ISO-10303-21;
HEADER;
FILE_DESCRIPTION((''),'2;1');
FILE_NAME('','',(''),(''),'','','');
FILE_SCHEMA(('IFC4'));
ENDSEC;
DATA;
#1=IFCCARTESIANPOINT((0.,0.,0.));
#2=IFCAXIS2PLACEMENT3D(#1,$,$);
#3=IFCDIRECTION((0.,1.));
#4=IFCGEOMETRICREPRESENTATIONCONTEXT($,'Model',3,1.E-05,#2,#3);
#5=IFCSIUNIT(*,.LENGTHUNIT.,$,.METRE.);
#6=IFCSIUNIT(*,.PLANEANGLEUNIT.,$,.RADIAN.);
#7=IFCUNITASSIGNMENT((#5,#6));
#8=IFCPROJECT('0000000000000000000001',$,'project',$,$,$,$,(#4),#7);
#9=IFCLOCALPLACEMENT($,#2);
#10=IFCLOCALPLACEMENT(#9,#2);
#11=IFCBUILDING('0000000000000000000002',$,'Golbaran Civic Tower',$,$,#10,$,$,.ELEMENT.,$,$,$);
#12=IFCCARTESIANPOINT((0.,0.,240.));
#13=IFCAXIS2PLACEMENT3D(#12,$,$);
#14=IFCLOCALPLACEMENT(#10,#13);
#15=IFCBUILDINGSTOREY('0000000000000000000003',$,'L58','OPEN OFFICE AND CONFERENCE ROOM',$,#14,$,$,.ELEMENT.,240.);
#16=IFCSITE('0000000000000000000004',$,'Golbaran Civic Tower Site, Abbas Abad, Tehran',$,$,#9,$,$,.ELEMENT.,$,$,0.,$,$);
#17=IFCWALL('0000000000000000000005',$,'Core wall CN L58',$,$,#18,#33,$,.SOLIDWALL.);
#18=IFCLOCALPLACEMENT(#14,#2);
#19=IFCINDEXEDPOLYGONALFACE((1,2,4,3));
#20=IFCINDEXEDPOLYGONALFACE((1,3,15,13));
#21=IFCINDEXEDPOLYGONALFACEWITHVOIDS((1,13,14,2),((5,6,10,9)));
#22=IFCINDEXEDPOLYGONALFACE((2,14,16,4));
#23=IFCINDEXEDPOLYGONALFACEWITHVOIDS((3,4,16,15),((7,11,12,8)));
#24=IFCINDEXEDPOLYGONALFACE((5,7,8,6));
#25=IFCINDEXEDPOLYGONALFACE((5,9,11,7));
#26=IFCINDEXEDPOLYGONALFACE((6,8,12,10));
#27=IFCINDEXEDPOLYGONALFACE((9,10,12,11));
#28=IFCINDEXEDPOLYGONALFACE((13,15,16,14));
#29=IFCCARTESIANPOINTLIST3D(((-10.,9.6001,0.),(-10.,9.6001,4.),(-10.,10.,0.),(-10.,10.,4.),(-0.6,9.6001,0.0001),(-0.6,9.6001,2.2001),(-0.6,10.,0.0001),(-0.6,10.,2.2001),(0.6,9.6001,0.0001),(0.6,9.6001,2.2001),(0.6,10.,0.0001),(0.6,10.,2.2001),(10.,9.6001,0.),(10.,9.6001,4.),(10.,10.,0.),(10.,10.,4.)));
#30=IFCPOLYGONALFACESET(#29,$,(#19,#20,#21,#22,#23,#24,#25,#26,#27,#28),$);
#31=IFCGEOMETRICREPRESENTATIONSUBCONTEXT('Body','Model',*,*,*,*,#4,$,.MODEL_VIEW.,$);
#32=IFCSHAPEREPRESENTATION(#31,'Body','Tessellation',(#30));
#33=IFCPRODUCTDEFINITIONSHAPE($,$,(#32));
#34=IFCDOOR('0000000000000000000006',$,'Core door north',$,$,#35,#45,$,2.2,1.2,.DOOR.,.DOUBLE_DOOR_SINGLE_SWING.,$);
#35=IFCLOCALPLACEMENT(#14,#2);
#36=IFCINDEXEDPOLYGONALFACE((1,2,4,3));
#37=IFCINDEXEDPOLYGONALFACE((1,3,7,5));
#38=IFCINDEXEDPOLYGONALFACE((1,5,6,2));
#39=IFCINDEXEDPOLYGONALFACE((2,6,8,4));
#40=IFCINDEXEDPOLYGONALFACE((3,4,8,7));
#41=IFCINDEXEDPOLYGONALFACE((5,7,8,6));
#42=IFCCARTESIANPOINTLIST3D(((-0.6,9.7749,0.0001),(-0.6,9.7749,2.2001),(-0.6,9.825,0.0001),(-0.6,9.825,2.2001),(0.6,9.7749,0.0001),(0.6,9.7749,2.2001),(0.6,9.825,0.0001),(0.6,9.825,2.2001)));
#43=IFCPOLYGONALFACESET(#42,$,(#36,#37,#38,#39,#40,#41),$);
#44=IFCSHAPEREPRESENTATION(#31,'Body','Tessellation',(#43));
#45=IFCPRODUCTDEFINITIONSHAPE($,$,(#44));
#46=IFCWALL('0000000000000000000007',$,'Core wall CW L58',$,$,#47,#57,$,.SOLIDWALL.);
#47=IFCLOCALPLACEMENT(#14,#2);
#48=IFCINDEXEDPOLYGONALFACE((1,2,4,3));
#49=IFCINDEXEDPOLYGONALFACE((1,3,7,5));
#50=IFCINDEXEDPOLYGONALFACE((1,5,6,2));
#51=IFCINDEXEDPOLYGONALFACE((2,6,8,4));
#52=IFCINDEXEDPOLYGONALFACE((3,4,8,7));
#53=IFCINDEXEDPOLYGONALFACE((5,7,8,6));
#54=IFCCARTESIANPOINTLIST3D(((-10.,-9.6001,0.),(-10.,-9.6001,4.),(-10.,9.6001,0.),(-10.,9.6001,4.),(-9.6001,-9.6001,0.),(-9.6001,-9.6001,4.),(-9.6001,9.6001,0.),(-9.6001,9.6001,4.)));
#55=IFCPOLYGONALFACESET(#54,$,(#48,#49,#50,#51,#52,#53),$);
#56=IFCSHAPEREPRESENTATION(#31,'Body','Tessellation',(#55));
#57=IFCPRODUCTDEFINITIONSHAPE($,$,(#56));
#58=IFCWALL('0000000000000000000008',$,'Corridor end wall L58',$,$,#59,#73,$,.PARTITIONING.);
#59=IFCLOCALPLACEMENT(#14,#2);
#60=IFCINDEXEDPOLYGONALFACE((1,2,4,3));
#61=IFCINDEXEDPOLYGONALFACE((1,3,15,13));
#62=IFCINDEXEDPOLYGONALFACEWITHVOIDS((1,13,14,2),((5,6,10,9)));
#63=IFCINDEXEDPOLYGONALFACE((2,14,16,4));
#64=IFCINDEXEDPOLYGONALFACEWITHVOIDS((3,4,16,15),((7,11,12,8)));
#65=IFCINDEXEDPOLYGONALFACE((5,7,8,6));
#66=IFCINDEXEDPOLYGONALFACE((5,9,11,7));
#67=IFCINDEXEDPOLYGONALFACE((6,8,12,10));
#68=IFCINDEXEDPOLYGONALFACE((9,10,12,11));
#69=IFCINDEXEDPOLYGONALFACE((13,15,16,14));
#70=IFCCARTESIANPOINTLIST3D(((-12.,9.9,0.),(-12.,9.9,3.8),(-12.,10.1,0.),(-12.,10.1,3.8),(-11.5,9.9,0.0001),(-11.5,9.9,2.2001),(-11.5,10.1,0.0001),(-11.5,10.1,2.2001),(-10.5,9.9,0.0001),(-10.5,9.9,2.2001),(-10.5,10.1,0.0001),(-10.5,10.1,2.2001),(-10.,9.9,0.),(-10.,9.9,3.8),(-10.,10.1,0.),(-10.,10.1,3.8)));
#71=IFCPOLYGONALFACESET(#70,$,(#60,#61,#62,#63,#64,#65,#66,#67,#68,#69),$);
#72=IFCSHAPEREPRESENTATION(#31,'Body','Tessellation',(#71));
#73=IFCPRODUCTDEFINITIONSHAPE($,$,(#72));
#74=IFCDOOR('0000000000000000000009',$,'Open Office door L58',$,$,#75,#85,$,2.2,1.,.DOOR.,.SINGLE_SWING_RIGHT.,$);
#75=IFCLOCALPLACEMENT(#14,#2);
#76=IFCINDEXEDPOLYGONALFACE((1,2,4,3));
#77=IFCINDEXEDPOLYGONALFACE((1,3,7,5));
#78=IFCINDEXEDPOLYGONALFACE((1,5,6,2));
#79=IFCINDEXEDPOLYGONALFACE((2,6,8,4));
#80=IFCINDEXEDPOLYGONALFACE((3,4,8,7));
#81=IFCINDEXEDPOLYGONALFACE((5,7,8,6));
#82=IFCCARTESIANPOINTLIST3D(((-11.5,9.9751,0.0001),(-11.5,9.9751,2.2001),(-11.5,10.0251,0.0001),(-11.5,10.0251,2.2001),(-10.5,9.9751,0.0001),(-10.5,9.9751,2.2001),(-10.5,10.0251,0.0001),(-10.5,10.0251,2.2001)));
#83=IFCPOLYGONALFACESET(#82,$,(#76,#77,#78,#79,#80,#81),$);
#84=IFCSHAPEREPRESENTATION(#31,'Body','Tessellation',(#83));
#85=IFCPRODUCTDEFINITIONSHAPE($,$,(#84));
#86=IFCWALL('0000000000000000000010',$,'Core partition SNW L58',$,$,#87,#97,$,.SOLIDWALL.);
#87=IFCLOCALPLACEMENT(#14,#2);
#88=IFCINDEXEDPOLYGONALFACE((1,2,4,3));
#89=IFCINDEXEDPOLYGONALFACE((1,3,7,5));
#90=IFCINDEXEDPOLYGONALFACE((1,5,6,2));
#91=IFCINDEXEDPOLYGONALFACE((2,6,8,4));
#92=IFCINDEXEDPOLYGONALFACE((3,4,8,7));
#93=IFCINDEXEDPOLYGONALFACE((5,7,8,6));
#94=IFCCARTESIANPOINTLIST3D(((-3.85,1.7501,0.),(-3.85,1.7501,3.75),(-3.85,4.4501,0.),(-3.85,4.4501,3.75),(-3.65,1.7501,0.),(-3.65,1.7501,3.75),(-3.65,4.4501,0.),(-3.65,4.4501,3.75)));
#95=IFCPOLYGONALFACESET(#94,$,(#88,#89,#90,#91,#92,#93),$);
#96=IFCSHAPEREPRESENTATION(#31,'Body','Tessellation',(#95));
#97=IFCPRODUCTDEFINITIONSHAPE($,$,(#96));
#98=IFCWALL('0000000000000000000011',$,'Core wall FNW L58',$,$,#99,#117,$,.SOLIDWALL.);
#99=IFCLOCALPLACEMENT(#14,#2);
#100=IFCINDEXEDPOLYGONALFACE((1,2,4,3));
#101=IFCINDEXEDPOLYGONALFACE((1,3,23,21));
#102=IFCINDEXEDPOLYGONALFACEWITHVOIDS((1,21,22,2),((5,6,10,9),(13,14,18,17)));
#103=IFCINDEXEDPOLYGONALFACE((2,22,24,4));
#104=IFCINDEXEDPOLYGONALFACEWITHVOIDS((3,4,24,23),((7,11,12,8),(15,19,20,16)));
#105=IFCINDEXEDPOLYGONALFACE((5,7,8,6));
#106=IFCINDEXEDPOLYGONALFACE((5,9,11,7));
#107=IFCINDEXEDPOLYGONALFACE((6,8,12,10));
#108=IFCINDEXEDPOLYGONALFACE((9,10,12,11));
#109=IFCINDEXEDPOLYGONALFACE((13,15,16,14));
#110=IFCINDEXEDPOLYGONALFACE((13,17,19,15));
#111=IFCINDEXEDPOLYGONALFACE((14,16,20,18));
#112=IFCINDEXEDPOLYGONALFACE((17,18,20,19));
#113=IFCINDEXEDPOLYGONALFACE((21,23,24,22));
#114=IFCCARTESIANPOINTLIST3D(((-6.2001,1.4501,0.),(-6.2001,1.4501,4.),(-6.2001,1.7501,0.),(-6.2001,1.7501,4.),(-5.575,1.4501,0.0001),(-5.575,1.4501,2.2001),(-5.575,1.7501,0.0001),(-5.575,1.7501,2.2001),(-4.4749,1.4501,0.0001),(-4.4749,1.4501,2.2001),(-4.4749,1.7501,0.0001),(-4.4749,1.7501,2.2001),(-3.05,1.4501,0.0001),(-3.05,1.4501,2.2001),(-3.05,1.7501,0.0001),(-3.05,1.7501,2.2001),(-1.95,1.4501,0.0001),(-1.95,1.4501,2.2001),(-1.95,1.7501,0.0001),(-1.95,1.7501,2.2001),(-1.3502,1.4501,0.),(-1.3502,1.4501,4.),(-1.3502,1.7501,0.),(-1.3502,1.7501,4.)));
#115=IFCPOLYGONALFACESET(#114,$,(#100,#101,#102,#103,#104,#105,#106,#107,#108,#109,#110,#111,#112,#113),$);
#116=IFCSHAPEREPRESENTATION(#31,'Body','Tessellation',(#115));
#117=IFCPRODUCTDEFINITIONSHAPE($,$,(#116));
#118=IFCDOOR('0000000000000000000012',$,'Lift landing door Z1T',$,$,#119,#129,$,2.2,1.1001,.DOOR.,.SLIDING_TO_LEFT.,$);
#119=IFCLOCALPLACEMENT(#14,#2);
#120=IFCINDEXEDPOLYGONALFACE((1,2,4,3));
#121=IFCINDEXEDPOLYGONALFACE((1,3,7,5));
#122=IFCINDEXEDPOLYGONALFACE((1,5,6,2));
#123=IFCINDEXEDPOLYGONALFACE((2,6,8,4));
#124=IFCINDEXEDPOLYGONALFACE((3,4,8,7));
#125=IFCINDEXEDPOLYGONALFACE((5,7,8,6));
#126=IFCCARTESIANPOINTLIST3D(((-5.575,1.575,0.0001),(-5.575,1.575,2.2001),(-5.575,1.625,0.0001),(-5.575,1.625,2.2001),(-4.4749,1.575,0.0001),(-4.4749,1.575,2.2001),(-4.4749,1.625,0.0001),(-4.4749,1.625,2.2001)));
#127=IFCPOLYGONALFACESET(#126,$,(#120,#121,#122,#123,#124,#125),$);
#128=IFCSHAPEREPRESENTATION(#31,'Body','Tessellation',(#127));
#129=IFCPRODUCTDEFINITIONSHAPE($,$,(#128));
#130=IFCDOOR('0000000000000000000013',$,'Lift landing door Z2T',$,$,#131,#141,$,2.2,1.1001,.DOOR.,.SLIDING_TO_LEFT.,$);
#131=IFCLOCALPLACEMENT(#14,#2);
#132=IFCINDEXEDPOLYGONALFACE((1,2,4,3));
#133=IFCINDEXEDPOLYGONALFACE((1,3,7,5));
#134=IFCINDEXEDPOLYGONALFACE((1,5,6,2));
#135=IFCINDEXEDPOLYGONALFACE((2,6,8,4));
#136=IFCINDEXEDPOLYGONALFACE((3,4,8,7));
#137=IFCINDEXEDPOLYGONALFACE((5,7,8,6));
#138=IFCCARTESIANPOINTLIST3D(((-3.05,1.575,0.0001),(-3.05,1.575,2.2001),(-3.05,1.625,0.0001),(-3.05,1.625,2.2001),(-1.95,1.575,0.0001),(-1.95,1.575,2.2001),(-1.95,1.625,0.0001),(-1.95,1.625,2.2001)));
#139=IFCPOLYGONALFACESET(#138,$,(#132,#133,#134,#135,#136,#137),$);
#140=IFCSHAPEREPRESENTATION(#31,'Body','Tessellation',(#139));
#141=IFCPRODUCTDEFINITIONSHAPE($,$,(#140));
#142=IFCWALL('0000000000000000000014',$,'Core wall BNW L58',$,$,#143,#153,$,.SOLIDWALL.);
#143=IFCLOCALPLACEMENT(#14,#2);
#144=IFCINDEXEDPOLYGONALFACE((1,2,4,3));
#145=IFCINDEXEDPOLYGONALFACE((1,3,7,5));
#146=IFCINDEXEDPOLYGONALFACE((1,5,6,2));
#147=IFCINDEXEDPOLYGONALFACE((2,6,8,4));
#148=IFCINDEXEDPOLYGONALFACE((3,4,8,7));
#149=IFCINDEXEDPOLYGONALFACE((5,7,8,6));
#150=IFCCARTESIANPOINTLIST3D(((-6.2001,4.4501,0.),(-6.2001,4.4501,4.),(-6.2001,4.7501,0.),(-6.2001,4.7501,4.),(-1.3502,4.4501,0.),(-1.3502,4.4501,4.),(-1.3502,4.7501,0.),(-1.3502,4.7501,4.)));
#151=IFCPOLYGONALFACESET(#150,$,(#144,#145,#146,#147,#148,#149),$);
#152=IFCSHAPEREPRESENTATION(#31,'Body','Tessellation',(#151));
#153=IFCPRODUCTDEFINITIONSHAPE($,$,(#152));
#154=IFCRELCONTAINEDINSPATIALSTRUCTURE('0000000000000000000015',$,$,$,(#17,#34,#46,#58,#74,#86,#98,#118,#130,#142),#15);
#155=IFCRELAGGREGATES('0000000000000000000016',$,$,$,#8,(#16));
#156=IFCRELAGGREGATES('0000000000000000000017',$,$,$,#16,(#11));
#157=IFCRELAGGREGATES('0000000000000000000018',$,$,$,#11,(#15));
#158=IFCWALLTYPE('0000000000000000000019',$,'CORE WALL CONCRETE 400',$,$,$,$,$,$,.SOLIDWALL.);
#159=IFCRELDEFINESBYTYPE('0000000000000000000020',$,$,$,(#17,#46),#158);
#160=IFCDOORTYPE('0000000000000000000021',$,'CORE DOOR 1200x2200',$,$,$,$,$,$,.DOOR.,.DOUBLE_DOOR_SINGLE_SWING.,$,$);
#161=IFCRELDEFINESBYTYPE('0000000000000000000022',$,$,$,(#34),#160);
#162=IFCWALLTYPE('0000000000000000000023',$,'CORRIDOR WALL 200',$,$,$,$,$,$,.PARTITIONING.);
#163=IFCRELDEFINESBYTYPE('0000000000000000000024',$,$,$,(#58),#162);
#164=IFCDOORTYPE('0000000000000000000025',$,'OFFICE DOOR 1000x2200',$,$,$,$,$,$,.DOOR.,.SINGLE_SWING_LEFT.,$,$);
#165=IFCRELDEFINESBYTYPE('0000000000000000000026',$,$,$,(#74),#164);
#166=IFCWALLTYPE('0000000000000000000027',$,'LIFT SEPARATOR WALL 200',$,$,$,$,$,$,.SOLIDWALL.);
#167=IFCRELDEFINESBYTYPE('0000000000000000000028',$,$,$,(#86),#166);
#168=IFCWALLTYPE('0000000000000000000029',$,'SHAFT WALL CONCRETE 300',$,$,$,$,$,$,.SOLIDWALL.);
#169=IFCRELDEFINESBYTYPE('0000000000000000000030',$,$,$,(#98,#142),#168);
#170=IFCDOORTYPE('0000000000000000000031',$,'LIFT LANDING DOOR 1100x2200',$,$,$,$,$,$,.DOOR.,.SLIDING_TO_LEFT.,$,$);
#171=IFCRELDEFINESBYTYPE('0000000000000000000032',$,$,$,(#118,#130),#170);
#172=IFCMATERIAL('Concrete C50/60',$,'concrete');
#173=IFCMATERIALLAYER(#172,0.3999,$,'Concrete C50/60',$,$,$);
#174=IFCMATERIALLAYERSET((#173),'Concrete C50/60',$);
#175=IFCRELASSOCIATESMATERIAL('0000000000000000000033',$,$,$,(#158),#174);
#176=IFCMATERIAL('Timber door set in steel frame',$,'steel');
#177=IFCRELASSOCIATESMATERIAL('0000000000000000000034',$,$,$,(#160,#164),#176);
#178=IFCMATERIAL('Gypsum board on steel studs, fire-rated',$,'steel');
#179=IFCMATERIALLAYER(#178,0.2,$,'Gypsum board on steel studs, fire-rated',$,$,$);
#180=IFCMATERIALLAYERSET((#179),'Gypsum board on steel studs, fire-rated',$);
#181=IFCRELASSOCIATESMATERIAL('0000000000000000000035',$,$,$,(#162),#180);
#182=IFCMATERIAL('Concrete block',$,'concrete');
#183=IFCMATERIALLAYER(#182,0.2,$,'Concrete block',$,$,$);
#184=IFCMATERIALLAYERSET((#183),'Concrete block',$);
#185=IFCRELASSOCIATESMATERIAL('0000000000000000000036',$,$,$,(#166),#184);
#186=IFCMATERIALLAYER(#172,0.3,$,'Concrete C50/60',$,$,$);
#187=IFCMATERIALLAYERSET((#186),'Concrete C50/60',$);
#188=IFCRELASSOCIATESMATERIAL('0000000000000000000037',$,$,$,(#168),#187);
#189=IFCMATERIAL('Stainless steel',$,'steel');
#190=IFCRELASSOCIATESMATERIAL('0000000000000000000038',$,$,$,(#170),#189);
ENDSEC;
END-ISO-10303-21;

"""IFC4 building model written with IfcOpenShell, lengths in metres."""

from ifc_helpers import new_model, si_unit, direction, frame, frame_2d, origin, place, context, subcontext, project, spatial, rectangle, extrude, material, layer, layer_set, type_object, element, fill, save


model = new_model("IFC4")

# Units and contexts
model_context = context("Model", 3, precision=1e-05, world=origin(), true_north=direction((0.0, 1.0)))
body_context = subcontext(model_context, "Body", "Model", "MODEL_VIEW")
ifc_project = project(units=[si_unit("LENGTHUNIT", "METRE"), si_unit("PLANEANGLEUNIT", "RADIAN")], contexts=[model_context])

# Site, building, storey
site_placement = place(None, origin())
site = spatial("IfcSite", under=ifc_project, at=site_placement, Name="Golbaran Civic Tower Site, Abbas Abad, Tehran", CompositionType="ELEMENT", RefElevation=0.0)
building_placement = place(site_placement, origin())
building = spatial("IfcBuilding", under=site, at=building_placement, Name="Golbaran Civic Tower", CompositionType="ELEMENT")
storey_placement = place(building_placement, frame((0.0, 0.0, 240.0)))
storey = spatial("IfcBuildingStorey", under=building, at=storey_placement, Name="L58", Description="OPEN OFFICE AND CONFERENCE ROOM", CompositionType="ELEMENT", Elevation=240.0)

# Wall, opening, door
ifc_material_1 = material(Name="Concrete C50/60", Category="concrete")
ifc_layer_1 = layer(ifc_material_1, 0.3999, Name="Concrete C50/60")
ifc_layer_set_1 = layer_set([ifc_layer_1], Name="Concrete C50/60")
wall_type_1 = type_object("IfcWallType", Name="CORE WALL CONCRETE 400", PredefinedType="SOLIDWALL", material=ifc_layer_set_1)
wall_1_placement = place(storey_placement, frame((-10.0, 9.8, 0.0), z_axis=(0.0, 0.0, 1.0), x_axis=(1.0, 0.0, 0.0)))
wall_1 = element("IfcWall", 1, at=wall_1_placement, inside=storey, type_object=wall_type_1, Name="Core wall CN L58", PredefinedType="SOLIDWALL", context=body_context, shape_type="SweptSolid", body=[
    extrude(rectangle(XDim=20.0, YDim=0.3999, at=frame_2d((10.0, 0.0))), origin(), (0.0, 0.0, 1.0), 4.0),
])
opening_1_placement = place(wall_1_placement, frame((9.3999, 0.0, 0.0)))
opening_1 = element("IfcOpeningElement", 2, at=opening_1_placement, cuts=wall_1, PredefinedType="OPENING", context=body_context, shape_type="SweptSolid", body=[
    extrude(rectangle(XDim=1.2, YDim=2.2, at=frame_2d((0.6001, 1.1001))), frame((0.0, 0.21, 0.0), z_axis=(0.0, -1.0, 0.0), x_axis=(1.0, 0.0, 0.0)), (0.0, 0.0, 1.0), 0.4199),
])
ifc_material_2 = material(Name="Timber door set in steel frame", Category="steel")
door_type_1 = type_object("IfcDoorType", Name="CORE DOOR 1200x2200", OperationType="DOUBLE_DOOR_SINGLE_SWING", PredefinedType="DOOR", material=ifc_material_2)
door_1_placement = place(opening_1_placement, origin())
door_1 = element("IfcDoor", 3, at=door_1_placement, inside=storey, type_object=door_type_1, Name="Core door north", OperationType="DOUBLE_DOOR_SINGLE_SWING", OverallHeight=2.2, OverallWidth=1.2, PredefinedType="DOOR", context=body_context, shape_type="SweptSolid", body=[
    extrude(rectangle(XDim=1.2, YDim=2.2, at=frame_2d((0.6001, 1.1001))), frame((0.0, 0.0249, 0.0), z_axis=(0.0, -1.0, 0.0), x_axis=(1.0, 0.0, 0.0)), (0.0, 0.0, 1.0), 0.05),
])
fill(opening_1, door_1)

# Wall
wall_2_placement = place(storey_placement, frame((-9.8, 9.6001, 0.0), z_axis=(0.0, 0.0, 1.0), x_axis=(0.0, -1.0, 0.0)))
element("IfcWall", 4, at=wall_2_placement, inside=storey, type_object=wall_type_1, Name="Core wall CW L58", PredefinedType="SOLIDWALL", context=body_context, shape_type="SweptSolid", body=[
    extrude(rectangle(XDim=19.2002, YDim=0.3999, at=frame_2d((9.6001, 0.0))), origin(), (0.0, 0.0, 1.0), 4.0),
])

# Wall, opening, door
ifc_material_3 = material(Name="Gypsum board on steel studs, fire-rated", Category="steel")
ifc_layer_2 = layer(ifc_material_3, 0.2, Name="Gypsum board on steel studs, fire-rated")
ifc_layer_set_2 = layer_set([ifc_layer_2], Name="Gypsum board on steel studs, fire-rated")
wall_type_2 = type_object("IfcWallType", Name="CORRIDOR WALL 200", PredefinedType="PARTITIONING", material=ifc_layer_set_2)
wall_3_placement = place(storey_placement, frame((-10.0, 10.0, 0.0), z_axis=(0.0, 0.0, 1.0), x_axis=(-1.0, 0.0, 0.0)))
wall_3 = element("IfcWall", 5, at=wall_3_placement, inside=storey, type_object=wall_type_2, Name="Corridor end wall L58", PredefinedType="PARTITIONING", context=body_context, shape_type="SweptSolid", body=[
    extrude(rectangle(XDim=2.0, YDim=0.2, at=frame_2d((1.0, 0.0))), origin(), (0.0, 0.0, 1.0), 3.8),
])
opening_2_placement = place(wall_3_placement, frame((0.5, 0.0, 0.0)))
opening_2 = element("IfcOpeningElement", 6, at=opening_2_placement, cuts=wall_3, PredefinedType="OPENING", context=body_context, shape_type="SweptSolid", body=[
    extrude(rectangle(XDim=1.0, YDim=2.2, at=frame_2d((0.5, 1.1001))), frame((0.0, 0.1099, 0.0), z_axis=(0.0, -1.0, 0.0), x_axis=(1.0, 0.0, 0.0)), (0.0, 0.0, 1.0), 0.22),
])
door_type_2 = type_object("IfcDoorType", Name="OFFICE DOOR 1000x2200", OperationType="SINGLE_SWING_LEFT", PredefinedType="DOOR", material=ifc_material_2)
door_2_placement = place(opening_2_placement, origin())
door_2 = element("IfcDoor", 7, at=door_2_placement, inside=storey, type_object=door_type_2, Name="Open Office door L58", OperationType="SINGLE_SWING_RIGHT", OverallHeight=2.2, OverallWidth=1.0, PredefinedType="DOOR", context=body_context, shape_type="SweptSolid", body=[
    extrude(rectangle(XDim=1.0, YDim=2.2, at=frame_2d((0.5, 1.1001))), frame((0.0, 0.0249, 0.0), z_axis=(0.0, -1.0, 0.0), x_axis=(1.0, 0.0, 0.0)), (0.0, 0.0, 1.0), 0.05),
])
fill(opening_2, door_2)

# Wall
ifc_material_4 = material(Name="Concrete block", Category="concrete")
ifc_layer_3 = layer(ifc_material_4, 0.2, Name="Concrete block")
ifc_layer_set_3 = layer_set([ifc_layer_3], Name="Concrete block")
wall_type_3 = type_object("IfcWallType", Name="LIFT SEPARATOR WALL 200", PredefinedType="SOLIDWALL", material=ifc_layer_set_3)
wall_4_placement = place(storey_placement, frame((-3.75, 1.75, 0.0), z_axis=(0.0, 0.0, 1.0), x_axis=(0.0, 1.0, 0.0)))
element("IfcWall", 8, at=wall_4_placement, inside=storey, type_object=wall_type_3, Name="Core partition SNW L58", PredefinedType="SOLIDWALL", context=body_context, shape_type="SweptSolid", body=[
    extrude(rectangle(XDim=2.7, YDim=0.2, at=frame_2d((1.3501, 0.0))), origin(), (0.0, 0.0, 1.0), 3.75),
])

# Wall, openings, doors
ifc_layer_4 = layer(ifc_material_1, 0.3, Name="Concrete C50/60")
ifc_layer_set_4 = layer_set([ifc_layer_4], Name="Concrete C50/60")
wall_type_4 = type_object("IfcWallType", Name="SHAFT WALL CONCRETE 300", PredefinedType="SOLIDWALL", material=ifc_layer_set_4)
wall_5_placement = place(storey_placement, frame((-6.2, 1.6001, 0.0), z_axis=(0.0, 0.0, 1.0), x_axis=(1.0, 0.0, 0.0)))
wall_5 = element("IfcWall", 9, at=wall_5_placement, inside=storey, type_object=wall_type_4, Name="Core wall FNW L58", PredefinedType="SOLIDWALL", context=body_context, shape_type="SweptSolid", body=[
    extrude(rectangle(XDim=4.8499, YDim=0.3, at=frame_2d((2.4248, 0.0))), origin(), (0.0, 0.0, 1.0), 4.0),
])
opening_3_placement = place(wall_5_placement, frame((0.625, 0.0, 0.0)))
opening_3 = element("IfcOpeningElement", 10, at=opening_3_placement, cuts=wall_5, PredefinedType="OPENING", context=body_context, shape_type="SweptSolid", body=[
    extrude(rectangle(XDim=1.1001, YDim=2.2, at=frame_2d((0.55, 1.1001))), frame((0.0, 0.1599, 0.0), z_axis=(0.0, -1.0, 0.0), x_axis=(1.0, 0.0, 0.0)), (0.0, 0.0, 1.0), 0.3201),
])
opening_4_placement = place(wall_5_placement, frame((3.1499, 0.0, 0.0)))
opening_4 = element("IfcOpeningElement", 11, at=opening_4_placement, cuts=wall_5, PredefinedType="OPENING", context=body_context, shape_type="SweptSolid", body=[
    extrude(rectangle(XDim=1.1001, YDim=2.2, at=frame_2d((0.55, 1.1001))), frame((0.0, 0.1599, 0.0), z_axis=(0.0, -1.0, 0.0), x_axis=(1.0, 0.0, 0.0)), (0.0, 0.0, 1.0), 0.3201),
])
ifc_material_5 = material(Name="Stainless steel", Category="steel")
door_type_3 = type_object("IfcDoorType", Name="LIFT LANDING DOOR 1100x2200", OperationType="SLIDING_TO_LEFT", PredefinedType="DOOR", material=ifc_material_5)
door_3_placement = place(opening_3_placement, origin())
door_3 = element("IfcDoor", 12, at=door_3_placement, inside=storey, type_object=door_type_3, Name="Lift landing door Z1T", OperationType="SLIDING_TO_LEFT", OverallHeight=2.2, OverallWidth=1.1001, PredefinedType="DOOR", context=body_context, shape_type="SweptSolid", body=[
    extrude(rectangle(XDim=1.1001, YDim=2.2, at=frame_2d((0.55, 1.1001))), frame((0.0, 0.0249, 0.0), z_axis=(0.0, -1.0, 0.0), x_axis=(1.0, 0.0, 0.0)), (0.0, 0.0, 1.0), 0.05),
])
fill(opening_3, door_3)
door_4_placement = place(opening_4_placement, origin())
door_4 = element("IfcDoor", 13, at=door_4_placement, inside=storey, type_object=door_type_3, Name="Lift landing door Z2T", OperationType="SLIDING_TO_LEFT", OverallHeight=2.2, OverallWidth=1.1001, PredefinedType="DOOR", context=body_context, shape_type="SweptSolid", body=[
    extrude(rectangle(XDim=1.1001, YDim=2.2, at=frame_2d((0.55, 1.1001))), frame((0.0, 0.0249, 0.0), z_axis=(0.0, -1.0, 0.0), x_axis=(1.0, 0.0, 0.0)), (0.0, 0.0, 1.0), 0.05),
])
fill(opening_4, door_4)

# Wall
wall_6_placement = place(storey_placement, frame((-6.2, 4.6001, 0.0), z_axis=(0.0, 0.0, 1.0), x_axis=(1.0, 0.0, 0.0)))
element("IfcWall", 14, at=wall_6_placement, inside=storey, type_object=wall_type_4, Name="Core wall BNW L58", PredefinedType="SOLIDWALL", context=body_context, shape_type="SweptSolid", body=[
    extrude(rectangle(XDim=4.8499, YDim=0.3, at=frame_2d((2.4248, 0.0))), origin(), (0.0, 0.0, 1.0), 4.0),
])

save(model, "model.ifc")
